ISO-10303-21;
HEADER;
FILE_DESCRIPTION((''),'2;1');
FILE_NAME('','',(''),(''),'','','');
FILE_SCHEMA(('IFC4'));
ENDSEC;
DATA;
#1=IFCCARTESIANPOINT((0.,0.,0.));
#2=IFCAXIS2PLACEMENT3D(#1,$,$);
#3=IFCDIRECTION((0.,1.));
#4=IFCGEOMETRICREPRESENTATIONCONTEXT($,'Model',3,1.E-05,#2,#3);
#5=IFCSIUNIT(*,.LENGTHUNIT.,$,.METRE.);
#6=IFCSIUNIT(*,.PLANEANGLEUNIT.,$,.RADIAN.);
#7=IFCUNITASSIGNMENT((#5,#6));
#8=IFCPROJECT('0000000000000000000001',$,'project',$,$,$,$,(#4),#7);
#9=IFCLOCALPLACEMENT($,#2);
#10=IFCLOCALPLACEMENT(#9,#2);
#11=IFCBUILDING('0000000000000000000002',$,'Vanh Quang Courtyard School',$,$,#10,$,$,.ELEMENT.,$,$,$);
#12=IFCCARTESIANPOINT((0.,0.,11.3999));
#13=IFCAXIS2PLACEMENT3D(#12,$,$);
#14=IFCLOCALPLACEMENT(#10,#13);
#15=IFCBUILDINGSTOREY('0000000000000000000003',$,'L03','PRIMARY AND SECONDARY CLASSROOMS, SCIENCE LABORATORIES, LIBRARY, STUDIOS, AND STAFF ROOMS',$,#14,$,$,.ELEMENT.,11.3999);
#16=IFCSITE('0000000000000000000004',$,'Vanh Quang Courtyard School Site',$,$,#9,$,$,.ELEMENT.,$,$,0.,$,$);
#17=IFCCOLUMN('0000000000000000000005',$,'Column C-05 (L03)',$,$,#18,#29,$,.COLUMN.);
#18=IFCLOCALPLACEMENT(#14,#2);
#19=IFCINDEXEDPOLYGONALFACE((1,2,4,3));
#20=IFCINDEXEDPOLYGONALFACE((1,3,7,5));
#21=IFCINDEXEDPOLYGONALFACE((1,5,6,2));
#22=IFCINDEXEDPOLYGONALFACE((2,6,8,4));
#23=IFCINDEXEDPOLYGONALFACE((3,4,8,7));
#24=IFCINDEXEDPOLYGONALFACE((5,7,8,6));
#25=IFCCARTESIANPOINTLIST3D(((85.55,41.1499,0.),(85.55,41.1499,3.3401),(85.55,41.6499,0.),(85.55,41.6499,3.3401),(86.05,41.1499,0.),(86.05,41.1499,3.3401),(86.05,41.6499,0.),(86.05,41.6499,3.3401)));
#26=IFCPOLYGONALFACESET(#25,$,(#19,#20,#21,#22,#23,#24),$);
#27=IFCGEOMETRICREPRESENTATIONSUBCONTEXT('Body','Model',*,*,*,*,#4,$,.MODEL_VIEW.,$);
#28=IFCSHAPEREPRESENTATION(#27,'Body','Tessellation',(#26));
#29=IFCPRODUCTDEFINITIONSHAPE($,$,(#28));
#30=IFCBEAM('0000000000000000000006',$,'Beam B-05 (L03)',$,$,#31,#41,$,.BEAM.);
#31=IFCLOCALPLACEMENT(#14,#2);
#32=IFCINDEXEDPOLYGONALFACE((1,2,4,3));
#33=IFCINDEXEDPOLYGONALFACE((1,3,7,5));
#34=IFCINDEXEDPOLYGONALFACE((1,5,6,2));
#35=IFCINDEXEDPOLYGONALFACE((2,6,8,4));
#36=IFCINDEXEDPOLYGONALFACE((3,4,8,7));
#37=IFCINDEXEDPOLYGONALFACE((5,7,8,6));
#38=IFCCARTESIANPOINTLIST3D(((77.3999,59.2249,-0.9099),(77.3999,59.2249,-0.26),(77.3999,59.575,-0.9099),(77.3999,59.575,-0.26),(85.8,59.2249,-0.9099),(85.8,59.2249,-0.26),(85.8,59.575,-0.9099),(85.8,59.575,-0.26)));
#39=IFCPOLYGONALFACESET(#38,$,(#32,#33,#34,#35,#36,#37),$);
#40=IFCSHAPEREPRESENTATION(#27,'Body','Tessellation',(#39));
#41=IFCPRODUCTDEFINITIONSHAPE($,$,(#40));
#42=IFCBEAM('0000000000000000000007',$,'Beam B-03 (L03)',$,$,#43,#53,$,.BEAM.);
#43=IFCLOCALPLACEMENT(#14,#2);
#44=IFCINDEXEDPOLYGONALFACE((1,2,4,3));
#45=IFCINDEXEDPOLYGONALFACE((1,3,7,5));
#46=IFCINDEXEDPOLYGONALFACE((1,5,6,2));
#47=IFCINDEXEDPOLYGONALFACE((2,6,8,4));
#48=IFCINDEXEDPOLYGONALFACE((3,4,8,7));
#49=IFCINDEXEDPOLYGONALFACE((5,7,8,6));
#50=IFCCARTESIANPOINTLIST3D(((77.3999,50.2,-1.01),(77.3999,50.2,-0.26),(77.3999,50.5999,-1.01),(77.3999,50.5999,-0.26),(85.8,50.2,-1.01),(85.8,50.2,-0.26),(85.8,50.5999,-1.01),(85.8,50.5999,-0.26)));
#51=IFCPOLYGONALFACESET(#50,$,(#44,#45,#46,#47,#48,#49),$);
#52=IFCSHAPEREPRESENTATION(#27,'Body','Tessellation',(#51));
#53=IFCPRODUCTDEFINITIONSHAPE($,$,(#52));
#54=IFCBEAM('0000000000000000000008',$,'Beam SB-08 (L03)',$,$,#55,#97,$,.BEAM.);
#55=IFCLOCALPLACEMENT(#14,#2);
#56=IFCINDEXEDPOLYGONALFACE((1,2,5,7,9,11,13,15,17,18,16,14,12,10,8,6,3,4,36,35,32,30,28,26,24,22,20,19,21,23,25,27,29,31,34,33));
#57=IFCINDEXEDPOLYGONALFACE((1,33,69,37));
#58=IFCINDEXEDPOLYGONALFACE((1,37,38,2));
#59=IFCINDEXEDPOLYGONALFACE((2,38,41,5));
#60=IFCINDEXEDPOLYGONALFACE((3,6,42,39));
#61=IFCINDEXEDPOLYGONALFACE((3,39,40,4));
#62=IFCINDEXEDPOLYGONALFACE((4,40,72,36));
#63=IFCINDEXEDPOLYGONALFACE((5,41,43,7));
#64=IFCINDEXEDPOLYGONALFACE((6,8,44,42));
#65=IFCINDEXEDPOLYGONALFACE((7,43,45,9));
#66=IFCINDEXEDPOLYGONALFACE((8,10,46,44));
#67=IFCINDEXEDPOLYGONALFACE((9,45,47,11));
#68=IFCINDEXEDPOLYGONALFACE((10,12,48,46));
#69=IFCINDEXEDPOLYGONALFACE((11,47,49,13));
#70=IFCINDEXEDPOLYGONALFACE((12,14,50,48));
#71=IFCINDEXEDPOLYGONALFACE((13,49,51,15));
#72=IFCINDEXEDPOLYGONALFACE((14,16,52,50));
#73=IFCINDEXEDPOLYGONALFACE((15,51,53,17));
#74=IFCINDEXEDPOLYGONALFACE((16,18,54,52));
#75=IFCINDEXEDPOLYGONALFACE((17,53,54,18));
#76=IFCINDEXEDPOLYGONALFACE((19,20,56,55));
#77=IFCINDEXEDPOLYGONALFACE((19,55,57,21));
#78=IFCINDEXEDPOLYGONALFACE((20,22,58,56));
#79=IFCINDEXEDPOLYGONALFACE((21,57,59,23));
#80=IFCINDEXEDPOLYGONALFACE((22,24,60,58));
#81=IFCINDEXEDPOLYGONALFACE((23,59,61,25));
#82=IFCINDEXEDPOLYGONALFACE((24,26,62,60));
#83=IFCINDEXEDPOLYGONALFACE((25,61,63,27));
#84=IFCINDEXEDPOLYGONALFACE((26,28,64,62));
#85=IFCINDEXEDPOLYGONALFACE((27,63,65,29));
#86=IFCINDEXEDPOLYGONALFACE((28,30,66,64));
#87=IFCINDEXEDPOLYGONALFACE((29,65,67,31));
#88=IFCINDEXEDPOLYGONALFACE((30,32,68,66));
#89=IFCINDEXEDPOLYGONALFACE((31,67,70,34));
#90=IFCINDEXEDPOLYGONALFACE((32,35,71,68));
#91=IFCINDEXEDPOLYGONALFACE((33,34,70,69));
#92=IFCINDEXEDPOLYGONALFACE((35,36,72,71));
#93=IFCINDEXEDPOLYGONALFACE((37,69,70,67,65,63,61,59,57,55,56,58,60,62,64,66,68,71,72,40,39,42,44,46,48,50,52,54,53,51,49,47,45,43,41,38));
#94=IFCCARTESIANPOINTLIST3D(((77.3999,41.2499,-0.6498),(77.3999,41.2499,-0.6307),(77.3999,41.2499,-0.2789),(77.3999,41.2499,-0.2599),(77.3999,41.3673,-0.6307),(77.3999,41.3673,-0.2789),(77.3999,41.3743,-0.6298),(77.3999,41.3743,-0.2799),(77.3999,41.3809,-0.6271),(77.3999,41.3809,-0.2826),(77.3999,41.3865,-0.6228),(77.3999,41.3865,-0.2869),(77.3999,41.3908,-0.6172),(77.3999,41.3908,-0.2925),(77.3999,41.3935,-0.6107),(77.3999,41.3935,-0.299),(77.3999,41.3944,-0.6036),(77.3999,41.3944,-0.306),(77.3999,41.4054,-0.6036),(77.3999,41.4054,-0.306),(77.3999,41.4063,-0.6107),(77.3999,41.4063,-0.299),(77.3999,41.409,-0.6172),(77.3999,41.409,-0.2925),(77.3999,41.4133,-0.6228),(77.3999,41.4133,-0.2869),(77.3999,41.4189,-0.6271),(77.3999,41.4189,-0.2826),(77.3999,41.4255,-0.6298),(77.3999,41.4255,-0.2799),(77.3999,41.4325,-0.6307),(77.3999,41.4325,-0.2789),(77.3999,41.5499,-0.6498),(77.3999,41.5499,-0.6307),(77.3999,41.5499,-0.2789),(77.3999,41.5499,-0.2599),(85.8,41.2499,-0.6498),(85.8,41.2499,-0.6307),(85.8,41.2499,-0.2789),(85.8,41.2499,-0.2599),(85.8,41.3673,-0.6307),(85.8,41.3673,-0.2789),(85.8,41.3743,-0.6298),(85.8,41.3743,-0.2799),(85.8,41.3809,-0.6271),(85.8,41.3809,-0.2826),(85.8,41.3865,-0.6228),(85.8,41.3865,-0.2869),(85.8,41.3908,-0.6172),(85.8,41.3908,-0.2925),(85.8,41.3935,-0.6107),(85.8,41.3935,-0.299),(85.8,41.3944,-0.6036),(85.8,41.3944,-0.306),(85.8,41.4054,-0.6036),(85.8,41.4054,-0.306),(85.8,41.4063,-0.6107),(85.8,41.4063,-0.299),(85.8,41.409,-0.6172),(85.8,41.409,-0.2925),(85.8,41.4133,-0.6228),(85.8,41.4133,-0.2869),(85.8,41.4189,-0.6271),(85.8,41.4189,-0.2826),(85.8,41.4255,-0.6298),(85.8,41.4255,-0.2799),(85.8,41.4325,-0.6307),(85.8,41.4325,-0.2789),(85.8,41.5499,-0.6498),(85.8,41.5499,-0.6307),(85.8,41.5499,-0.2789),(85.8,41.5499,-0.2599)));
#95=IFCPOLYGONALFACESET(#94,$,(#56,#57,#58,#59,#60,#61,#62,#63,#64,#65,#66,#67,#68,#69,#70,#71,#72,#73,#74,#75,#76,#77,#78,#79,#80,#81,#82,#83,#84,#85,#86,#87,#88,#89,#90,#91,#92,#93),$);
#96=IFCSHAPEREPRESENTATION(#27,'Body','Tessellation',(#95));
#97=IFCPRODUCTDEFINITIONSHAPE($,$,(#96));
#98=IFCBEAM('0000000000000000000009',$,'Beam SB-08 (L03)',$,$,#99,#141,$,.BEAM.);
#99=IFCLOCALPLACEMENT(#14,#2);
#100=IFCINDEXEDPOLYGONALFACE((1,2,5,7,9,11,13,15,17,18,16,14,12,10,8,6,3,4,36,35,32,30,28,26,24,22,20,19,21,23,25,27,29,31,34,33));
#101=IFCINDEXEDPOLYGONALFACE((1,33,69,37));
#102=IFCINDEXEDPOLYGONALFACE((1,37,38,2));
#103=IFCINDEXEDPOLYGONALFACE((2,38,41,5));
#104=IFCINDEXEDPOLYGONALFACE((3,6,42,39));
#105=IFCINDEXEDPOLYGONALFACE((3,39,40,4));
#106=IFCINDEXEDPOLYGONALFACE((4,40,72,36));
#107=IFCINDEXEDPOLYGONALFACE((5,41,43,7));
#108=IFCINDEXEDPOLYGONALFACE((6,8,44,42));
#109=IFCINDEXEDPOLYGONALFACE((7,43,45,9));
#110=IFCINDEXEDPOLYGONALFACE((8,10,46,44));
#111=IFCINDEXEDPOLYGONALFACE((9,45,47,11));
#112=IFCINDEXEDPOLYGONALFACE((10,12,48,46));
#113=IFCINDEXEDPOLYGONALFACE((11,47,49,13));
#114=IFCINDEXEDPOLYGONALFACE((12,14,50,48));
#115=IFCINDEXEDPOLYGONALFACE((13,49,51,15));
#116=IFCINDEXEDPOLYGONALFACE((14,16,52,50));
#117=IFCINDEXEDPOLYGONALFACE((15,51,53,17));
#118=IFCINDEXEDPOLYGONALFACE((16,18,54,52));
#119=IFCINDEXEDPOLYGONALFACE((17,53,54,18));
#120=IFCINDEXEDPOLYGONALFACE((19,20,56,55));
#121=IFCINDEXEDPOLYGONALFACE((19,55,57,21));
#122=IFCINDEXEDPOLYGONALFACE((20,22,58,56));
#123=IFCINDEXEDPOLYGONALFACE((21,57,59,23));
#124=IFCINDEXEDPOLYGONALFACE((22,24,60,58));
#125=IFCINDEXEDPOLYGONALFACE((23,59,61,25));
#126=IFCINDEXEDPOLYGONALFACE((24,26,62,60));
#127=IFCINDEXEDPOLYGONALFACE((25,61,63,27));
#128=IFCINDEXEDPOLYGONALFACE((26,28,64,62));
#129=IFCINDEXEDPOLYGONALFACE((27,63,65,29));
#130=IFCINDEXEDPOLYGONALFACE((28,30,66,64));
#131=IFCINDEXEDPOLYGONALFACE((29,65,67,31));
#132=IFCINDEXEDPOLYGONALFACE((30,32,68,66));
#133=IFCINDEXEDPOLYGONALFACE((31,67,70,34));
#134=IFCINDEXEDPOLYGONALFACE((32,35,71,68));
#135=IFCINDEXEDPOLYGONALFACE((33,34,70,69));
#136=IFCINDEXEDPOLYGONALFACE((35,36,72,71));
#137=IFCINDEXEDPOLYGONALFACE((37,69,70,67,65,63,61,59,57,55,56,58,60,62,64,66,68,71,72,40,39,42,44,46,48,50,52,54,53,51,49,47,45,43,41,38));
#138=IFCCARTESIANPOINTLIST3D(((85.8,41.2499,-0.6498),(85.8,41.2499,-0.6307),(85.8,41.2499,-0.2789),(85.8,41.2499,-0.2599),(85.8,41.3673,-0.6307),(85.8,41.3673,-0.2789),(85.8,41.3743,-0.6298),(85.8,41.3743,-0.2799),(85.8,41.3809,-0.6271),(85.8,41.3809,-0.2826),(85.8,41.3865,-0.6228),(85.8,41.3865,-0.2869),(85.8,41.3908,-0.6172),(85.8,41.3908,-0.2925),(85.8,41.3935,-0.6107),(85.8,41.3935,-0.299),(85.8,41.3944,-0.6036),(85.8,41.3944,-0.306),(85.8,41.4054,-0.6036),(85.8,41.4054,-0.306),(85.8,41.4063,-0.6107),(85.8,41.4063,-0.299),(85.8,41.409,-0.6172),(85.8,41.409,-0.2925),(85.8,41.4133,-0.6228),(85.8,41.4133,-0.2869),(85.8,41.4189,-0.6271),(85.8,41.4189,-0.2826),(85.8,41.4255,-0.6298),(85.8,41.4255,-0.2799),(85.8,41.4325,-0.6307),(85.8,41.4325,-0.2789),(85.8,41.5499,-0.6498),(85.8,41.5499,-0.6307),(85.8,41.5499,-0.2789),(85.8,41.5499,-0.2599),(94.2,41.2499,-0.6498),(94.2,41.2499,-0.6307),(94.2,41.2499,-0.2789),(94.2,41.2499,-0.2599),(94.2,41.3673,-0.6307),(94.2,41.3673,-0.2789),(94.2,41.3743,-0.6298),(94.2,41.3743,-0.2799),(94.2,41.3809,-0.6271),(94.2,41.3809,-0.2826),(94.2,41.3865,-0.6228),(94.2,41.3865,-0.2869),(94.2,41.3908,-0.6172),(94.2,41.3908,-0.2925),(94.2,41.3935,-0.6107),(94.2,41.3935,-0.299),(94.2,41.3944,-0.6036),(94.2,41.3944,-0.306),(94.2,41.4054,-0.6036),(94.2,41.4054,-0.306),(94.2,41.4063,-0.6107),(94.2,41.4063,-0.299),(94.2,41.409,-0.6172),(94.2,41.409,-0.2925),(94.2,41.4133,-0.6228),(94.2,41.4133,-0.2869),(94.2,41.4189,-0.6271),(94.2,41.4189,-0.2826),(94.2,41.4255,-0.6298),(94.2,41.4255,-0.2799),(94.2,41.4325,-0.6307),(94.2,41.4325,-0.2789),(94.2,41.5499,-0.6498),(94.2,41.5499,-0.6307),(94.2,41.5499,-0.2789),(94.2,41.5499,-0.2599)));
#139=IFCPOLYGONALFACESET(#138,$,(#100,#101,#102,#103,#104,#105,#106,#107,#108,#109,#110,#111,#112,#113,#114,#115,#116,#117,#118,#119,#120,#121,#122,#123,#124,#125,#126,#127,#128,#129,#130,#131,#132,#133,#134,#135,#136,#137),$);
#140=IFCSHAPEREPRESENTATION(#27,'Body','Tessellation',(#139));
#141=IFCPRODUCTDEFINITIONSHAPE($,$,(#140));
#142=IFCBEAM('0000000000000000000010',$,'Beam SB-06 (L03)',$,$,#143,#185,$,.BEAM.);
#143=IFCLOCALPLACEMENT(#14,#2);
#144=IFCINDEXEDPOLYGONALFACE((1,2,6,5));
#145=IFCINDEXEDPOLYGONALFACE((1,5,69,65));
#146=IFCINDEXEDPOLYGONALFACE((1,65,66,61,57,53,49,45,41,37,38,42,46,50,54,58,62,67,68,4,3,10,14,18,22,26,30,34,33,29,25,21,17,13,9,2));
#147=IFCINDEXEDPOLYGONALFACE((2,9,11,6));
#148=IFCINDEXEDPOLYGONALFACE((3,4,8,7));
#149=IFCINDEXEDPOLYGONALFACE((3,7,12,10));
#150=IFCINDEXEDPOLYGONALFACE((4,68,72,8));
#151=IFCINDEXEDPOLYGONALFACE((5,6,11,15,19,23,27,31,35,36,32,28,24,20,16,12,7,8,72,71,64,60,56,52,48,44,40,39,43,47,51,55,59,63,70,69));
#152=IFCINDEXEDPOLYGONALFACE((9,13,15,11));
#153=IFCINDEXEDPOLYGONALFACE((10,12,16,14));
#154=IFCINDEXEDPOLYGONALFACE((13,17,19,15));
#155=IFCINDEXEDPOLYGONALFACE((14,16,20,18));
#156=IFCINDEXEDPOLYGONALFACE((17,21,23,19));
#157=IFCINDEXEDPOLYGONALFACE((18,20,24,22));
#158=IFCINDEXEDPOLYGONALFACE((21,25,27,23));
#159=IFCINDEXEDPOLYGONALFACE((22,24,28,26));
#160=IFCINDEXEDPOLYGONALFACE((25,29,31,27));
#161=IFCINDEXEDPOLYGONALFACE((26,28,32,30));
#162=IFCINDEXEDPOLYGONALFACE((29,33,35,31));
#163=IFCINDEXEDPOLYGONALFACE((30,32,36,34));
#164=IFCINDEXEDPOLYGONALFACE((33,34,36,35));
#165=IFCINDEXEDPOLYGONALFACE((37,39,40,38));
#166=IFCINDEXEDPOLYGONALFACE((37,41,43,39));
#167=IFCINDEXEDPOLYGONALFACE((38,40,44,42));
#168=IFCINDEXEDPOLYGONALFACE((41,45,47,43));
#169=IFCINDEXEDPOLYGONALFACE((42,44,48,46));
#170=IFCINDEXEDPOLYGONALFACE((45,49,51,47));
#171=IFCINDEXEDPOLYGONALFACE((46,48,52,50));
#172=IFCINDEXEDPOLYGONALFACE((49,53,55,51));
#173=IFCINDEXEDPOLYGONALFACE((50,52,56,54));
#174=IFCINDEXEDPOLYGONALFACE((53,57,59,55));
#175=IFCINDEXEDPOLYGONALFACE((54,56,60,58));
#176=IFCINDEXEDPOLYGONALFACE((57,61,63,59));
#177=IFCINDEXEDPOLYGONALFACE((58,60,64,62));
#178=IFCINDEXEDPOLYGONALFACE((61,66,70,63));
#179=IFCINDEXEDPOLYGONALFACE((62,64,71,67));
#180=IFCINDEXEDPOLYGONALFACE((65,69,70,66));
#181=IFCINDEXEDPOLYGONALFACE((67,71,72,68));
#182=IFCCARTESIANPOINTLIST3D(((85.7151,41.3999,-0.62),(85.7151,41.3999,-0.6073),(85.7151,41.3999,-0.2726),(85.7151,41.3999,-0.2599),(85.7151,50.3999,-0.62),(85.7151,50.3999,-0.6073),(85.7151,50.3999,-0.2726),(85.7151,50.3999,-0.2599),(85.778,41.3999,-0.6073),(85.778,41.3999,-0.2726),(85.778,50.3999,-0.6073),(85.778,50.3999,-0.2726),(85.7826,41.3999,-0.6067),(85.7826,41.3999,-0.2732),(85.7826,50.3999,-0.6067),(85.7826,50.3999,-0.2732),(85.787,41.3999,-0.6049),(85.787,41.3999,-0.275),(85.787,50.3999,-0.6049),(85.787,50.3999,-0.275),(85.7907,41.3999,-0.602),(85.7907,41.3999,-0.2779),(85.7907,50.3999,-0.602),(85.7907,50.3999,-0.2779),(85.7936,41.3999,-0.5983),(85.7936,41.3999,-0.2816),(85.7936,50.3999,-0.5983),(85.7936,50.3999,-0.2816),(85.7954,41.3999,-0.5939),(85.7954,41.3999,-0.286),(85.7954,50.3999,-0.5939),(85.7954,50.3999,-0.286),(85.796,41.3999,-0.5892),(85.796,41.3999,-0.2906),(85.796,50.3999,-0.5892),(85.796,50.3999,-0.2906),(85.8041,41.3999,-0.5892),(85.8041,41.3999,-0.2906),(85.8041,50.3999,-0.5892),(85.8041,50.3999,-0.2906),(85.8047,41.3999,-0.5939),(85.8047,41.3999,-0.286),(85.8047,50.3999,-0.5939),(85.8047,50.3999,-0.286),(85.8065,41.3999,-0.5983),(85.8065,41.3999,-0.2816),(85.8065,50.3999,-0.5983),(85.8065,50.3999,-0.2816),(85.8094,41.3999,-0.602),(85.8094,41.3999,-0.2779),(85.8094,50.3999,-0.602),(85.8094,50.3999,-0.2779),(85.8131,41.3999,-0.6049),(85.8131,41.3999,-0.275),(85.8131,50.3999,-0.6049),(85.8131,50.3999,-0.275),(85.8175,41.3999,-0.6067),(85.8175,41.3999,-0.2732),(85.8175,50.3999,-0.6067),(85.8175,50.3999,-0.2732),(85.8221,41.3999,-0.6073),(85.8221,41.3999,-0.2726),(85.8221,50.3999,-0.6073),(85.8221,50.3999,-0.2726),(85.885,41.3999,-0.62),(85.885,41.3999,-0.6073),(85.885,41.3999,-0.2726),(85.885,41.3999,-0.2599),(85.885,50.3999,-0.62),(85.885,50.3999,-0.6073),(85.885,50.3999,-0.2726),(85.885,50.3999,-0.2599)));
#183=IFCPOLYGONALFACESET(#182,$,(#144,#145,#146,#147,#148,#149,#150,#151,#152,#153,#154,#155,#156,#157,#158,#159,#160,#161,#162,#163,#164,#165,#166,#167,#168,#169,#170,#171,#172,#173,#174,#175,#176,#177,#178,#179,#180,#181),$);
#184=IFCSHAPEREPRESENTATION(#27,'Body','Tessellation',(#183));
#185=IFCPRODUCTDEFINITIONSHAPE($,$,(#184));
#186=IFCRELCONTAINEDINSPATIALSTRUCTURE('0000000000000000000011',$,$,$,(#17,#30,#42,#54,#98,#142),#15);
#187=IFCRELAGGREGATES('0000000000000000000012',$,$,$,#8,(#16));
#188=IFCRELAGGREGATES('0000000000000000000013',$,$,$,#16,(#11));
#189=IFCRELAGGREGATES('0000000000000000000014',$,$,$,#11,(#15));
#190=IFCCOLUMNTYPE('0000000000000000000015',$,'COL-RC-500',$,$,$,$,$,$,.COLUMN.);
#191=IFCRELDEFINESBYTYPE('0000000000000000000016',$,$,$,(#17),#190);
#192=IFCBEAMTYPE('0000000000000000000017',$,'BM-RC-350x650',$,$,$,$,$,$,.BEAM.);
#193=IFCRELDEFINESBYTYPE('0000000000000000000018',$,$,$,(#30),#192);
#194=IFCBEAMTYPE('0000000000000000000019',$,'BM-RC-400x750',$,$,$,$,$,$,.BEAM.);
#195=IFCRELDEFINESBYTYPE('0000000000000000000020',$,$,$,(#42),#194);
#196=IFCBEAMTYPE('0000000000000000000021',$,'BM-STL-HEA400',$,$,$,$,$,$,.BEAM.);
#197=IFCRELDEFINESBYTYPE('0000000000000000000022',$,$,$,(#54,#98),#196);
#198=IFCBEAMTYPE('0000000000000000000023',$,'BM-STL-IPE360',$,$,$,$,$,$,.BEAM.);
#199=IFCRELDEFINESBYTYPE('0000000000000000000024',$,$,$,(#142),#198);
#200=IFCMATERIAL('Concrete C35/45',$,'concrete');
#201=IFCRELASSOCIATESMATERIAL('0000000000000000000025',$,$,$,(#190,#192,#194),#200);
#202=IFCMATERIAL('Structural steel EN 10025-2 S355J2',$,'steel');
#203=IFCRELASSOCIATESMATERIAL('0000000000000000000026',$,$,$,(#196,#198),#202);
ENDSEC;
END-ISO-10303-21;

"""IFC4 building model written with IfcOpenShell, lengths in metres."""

from ifc_helpers import new_model, si_unit, direction, frame, origin, origin_2d, place, context, subcontext, project, spatial, rectangle, i_section, extrude, material, material_profile, profile_set, type_object, element, save


model = new_model("IFC4")

# Units and contexts
model_context = context("Model", 3, precision=1e-05, world=origin(), true_north=direction((0.0, 1.0)))
body_context = subcontext(model_context, "Body", "Model", "MODEL_VIEW")
ifc_project = project(units=[si_unit("LENGTHUNIT", "METRE"), si_unit("PLANEANGLEUNIT", "RADIAN")], contexts=[model_context])

# Site, building, storey
site_placement = place(None, origin())
site = spatial("IfcSite", under=ifc_project, at=site_placement, Name="Vanh Quang Courtyard School Site", CompositionType="ELEMENT", RefElevation=0.0)
building_placement = place(site_placement, origin())
building = spatial("IfcBuilding", under=site, at=building_placement, Name="Vanh Quang Courtyard School", CompositionType="ELEMENT")
storey_placement = place(building_placement, frame((0.0, 0.0, 11.3999)))
storey = spatial("IfcBuildingStorey", under=building, at=storey_placement, Name="L03", Description="PRIMARY AND SECONDARY CLASSROOMS, SCIENCE LABORATORIES, LIBRARY, STUDIOS, AND STAFF ROOMS", CompositionType="ELEMENT", Elevation=11.3999)

# Column
ifc_material_1 = material(Name="Concrete C35/45", Category="concrete")
ifc_material_profile_1 = material_profile(ifc_material_1, rectangle(XDim=0.5, YDim=0.5, at=origin_2d()), Name="RC-COL 500x500")
ifc_profile_set_1 = profile_set([ifc_material_profile_1], Name="Concrete C35/45")
column_type = type_object("IfcColumnType", Name="COL-RC-500", PredefinedType="COLUMN", material=ifc_profile_set_1)
column_placement = place(storey_placement, frame((85.8, 41.3999, 0.0), z_axis=(0.0, 0.0, 1.0), x_axis=(1.0, 0.0, 0.0)))
element("IfcColumn", 1, at=column_placement, inside=storey, type_object=column_type, Name="Column C-05 (L03)", PredefinedType="COLUMN", context=body_context, shape_type="SweptSolid", body=[
    extrude(rectangle(XDim=0.5, YDim=0.5, at=origin_2d()), origin(), (0.0, 0.0, 1.0), 3.3401),
])

# Beams
ifc_material_profile_2 = material_profile(ifc_material_1, rectangle(XDim=0.3501, YDim=0.6499, at=origin_2d()), Name="RC-BM 350x650")
ifc_profile_set_2 = profile_set([ifc_material_profile_2], Name="Concrete C35/45")
beam_type_1 = type_object("IfcBeamType", Name="BM-RC-350x650", PredefinedType="BEAM", material=ifc_profile_set_2)
beam_1_placement = place(storey_placement, frame((77.3999, 59.3999, -0.585), z_axis=(1.0, 0.0, 0.0), x_axis=(0.0, 1.0, 0.0)))
element("IfcBeam", 2, at=beam_1_placement, inside=storey, type_object=beam_type_1, Name="Beam B-05 (L03)", PredefinedType="BEAM", context=body_context, shape_type="SweptSolid", body=[
    extrude(rectangle(XDim=0.3501, YDim=0.6499, at=origin_2d()), origin(), (0.0, 0.0, 1.0), 8.4001),
])
ifc_material_profile_3 = material_profile(ifc_material_1, rectangle(XDim=0.3999, YDim=0.75, at=origin_2d()), Name="RC-BM 400x750")
ifc_profile_set_3 = profile_set([ifc_material_profile_3], Name="Concrete C35/45")
beam_type_2 = type_object("IfcBeamType", Name="BM-RC-400x750", PredefinedType="BEAM", material=ifc_profile_set_3)
beam_2_placement = place(storey_placement, frame((77.3999, 50.3999, -0.635), z_axis=(1.0, 0.0, 0.0), x_axis=(0.0, 1.0, 0.0)))
element("IfcBeam", 3, at=beam_2_placement, inside=storey, type_object=beam_type_2, Name="Beam B-03 (L03)", PredefinedType="BEAM", context=body_context, shape_type="SweptSolid", body=[
    extrude(rectangle(XDim=0.3999, YDim=0.75, at=origin_2d()), origin(), (0.0, 0.0, 1.0), 8.4001),
])
ifc_material_2 = material(Name="Structural steel EN 10025-2 S355J2", Category="steel")
ifc_material_profile_4 = material_profile(ifc_material_2, i_section(OverallWidth=0.3, OverallDepth=0.3899, WebThickness=0.011, FlangeThickness=0.019, FilletRadius=0.0271, at=origin_2d()), Name="HEA 400")
ifc_profile_set_4 = profile_set([ifc_material_profile_4], Name="Structural steel EN 10025-2 S355J2")
beam_type_3 = type_object("IfcBeamType", Name="BM-STL-HEA400", PredefinedType="BEAM", material=ifc_profile_set_4)
beam_3_placement = place(storey_placement, frame((77.3999, 41.3999, -0.4548), z_axis=(1.0, 0.0, 0.0), x_axis=(0.0, 1.0, 0.0)))
element("IfcBeam", 4, at=beam_3_placement, inside=storey, type_object=beam_type_3, Name="Beam SB-08 (L03)", PredefinedType="BEAM", context=body_context, shape_type="SweptSolid", body=[
    extrude(i_section(OverallWidth=0.3, OverallDepth=0.3899, WebThickness=0.011, FlangeThickness=0.019, FilletRadius=0.0271, at=origin_2d()), origin(), (0.0, 0.0, 1.0), 8.4001),
])
beam_4_placement = place(storey_placement, frame((85.8, 41.3999, -0.4548), z_axis=(1.0, 0.0, 0.0), x_axis=(0.0, 1.0, 0.0)))
element("IfcBeam", 5, at=beam_4_placement, inside=storey, type_object=beam_type_3, Name="Beam SB-08 (L03)", PredefinedType="BEAM", context=body_context, shape_type="SweptSolid", body=[
    extrude(i_section(OverallWidth=0.3, OverallDepth=0.3899, WebThickness=0.011, FlangeThickness=0.019, FilletRadius=0.0271, at=origin_2d()), origin(), (0.0, 0.0, 1.0), 8.3999),
])
ifc_material_profile_5 = material_profile(ifc_material_2, i_section(OverallWidth=0.1699, OverallDepth=0.3601, WebThickness=0.0081, FlangeThickness=0.0127, FilletRadius=0.0181, at=origin_2d()), Name="IPE 360")
ifc_profile_set_5 = profile_set([ifc_material_profile_5], Name="Structural steel EN 10025-2 S355J2")
beam_type_4 = type_object("IfcBeamType", Name="BM-STL-IPE360", PredefinedType="BEAM", material=ifc_profile_set_5)
beam_5_placement = place(storey_placement, frame((85.8, 41.3999, -0.4399), z_axis=(0.0, 1.0, 0.0), x_axis=(-1.0, 0.0, 0.0)))
element("IfcBeam", 6, at=beam_5_placement, inside=storey, type_object=beam_type_4, Name="Beam SB-06 (L03)", PredefinedType="BEAM", context=body_context, shape_type="SweptSolid", body=[
    extrude(i_section(OverallWidth=0.1699, OverallDepth=0.3601, WebThickness=0.0081, FlangeThickness=0.0127, FilletRadius=0.0181, at=origin_2d()), origin(), (0.0, 0.0, 1.0), 9.0),
])

save(model, "model.ifc")
